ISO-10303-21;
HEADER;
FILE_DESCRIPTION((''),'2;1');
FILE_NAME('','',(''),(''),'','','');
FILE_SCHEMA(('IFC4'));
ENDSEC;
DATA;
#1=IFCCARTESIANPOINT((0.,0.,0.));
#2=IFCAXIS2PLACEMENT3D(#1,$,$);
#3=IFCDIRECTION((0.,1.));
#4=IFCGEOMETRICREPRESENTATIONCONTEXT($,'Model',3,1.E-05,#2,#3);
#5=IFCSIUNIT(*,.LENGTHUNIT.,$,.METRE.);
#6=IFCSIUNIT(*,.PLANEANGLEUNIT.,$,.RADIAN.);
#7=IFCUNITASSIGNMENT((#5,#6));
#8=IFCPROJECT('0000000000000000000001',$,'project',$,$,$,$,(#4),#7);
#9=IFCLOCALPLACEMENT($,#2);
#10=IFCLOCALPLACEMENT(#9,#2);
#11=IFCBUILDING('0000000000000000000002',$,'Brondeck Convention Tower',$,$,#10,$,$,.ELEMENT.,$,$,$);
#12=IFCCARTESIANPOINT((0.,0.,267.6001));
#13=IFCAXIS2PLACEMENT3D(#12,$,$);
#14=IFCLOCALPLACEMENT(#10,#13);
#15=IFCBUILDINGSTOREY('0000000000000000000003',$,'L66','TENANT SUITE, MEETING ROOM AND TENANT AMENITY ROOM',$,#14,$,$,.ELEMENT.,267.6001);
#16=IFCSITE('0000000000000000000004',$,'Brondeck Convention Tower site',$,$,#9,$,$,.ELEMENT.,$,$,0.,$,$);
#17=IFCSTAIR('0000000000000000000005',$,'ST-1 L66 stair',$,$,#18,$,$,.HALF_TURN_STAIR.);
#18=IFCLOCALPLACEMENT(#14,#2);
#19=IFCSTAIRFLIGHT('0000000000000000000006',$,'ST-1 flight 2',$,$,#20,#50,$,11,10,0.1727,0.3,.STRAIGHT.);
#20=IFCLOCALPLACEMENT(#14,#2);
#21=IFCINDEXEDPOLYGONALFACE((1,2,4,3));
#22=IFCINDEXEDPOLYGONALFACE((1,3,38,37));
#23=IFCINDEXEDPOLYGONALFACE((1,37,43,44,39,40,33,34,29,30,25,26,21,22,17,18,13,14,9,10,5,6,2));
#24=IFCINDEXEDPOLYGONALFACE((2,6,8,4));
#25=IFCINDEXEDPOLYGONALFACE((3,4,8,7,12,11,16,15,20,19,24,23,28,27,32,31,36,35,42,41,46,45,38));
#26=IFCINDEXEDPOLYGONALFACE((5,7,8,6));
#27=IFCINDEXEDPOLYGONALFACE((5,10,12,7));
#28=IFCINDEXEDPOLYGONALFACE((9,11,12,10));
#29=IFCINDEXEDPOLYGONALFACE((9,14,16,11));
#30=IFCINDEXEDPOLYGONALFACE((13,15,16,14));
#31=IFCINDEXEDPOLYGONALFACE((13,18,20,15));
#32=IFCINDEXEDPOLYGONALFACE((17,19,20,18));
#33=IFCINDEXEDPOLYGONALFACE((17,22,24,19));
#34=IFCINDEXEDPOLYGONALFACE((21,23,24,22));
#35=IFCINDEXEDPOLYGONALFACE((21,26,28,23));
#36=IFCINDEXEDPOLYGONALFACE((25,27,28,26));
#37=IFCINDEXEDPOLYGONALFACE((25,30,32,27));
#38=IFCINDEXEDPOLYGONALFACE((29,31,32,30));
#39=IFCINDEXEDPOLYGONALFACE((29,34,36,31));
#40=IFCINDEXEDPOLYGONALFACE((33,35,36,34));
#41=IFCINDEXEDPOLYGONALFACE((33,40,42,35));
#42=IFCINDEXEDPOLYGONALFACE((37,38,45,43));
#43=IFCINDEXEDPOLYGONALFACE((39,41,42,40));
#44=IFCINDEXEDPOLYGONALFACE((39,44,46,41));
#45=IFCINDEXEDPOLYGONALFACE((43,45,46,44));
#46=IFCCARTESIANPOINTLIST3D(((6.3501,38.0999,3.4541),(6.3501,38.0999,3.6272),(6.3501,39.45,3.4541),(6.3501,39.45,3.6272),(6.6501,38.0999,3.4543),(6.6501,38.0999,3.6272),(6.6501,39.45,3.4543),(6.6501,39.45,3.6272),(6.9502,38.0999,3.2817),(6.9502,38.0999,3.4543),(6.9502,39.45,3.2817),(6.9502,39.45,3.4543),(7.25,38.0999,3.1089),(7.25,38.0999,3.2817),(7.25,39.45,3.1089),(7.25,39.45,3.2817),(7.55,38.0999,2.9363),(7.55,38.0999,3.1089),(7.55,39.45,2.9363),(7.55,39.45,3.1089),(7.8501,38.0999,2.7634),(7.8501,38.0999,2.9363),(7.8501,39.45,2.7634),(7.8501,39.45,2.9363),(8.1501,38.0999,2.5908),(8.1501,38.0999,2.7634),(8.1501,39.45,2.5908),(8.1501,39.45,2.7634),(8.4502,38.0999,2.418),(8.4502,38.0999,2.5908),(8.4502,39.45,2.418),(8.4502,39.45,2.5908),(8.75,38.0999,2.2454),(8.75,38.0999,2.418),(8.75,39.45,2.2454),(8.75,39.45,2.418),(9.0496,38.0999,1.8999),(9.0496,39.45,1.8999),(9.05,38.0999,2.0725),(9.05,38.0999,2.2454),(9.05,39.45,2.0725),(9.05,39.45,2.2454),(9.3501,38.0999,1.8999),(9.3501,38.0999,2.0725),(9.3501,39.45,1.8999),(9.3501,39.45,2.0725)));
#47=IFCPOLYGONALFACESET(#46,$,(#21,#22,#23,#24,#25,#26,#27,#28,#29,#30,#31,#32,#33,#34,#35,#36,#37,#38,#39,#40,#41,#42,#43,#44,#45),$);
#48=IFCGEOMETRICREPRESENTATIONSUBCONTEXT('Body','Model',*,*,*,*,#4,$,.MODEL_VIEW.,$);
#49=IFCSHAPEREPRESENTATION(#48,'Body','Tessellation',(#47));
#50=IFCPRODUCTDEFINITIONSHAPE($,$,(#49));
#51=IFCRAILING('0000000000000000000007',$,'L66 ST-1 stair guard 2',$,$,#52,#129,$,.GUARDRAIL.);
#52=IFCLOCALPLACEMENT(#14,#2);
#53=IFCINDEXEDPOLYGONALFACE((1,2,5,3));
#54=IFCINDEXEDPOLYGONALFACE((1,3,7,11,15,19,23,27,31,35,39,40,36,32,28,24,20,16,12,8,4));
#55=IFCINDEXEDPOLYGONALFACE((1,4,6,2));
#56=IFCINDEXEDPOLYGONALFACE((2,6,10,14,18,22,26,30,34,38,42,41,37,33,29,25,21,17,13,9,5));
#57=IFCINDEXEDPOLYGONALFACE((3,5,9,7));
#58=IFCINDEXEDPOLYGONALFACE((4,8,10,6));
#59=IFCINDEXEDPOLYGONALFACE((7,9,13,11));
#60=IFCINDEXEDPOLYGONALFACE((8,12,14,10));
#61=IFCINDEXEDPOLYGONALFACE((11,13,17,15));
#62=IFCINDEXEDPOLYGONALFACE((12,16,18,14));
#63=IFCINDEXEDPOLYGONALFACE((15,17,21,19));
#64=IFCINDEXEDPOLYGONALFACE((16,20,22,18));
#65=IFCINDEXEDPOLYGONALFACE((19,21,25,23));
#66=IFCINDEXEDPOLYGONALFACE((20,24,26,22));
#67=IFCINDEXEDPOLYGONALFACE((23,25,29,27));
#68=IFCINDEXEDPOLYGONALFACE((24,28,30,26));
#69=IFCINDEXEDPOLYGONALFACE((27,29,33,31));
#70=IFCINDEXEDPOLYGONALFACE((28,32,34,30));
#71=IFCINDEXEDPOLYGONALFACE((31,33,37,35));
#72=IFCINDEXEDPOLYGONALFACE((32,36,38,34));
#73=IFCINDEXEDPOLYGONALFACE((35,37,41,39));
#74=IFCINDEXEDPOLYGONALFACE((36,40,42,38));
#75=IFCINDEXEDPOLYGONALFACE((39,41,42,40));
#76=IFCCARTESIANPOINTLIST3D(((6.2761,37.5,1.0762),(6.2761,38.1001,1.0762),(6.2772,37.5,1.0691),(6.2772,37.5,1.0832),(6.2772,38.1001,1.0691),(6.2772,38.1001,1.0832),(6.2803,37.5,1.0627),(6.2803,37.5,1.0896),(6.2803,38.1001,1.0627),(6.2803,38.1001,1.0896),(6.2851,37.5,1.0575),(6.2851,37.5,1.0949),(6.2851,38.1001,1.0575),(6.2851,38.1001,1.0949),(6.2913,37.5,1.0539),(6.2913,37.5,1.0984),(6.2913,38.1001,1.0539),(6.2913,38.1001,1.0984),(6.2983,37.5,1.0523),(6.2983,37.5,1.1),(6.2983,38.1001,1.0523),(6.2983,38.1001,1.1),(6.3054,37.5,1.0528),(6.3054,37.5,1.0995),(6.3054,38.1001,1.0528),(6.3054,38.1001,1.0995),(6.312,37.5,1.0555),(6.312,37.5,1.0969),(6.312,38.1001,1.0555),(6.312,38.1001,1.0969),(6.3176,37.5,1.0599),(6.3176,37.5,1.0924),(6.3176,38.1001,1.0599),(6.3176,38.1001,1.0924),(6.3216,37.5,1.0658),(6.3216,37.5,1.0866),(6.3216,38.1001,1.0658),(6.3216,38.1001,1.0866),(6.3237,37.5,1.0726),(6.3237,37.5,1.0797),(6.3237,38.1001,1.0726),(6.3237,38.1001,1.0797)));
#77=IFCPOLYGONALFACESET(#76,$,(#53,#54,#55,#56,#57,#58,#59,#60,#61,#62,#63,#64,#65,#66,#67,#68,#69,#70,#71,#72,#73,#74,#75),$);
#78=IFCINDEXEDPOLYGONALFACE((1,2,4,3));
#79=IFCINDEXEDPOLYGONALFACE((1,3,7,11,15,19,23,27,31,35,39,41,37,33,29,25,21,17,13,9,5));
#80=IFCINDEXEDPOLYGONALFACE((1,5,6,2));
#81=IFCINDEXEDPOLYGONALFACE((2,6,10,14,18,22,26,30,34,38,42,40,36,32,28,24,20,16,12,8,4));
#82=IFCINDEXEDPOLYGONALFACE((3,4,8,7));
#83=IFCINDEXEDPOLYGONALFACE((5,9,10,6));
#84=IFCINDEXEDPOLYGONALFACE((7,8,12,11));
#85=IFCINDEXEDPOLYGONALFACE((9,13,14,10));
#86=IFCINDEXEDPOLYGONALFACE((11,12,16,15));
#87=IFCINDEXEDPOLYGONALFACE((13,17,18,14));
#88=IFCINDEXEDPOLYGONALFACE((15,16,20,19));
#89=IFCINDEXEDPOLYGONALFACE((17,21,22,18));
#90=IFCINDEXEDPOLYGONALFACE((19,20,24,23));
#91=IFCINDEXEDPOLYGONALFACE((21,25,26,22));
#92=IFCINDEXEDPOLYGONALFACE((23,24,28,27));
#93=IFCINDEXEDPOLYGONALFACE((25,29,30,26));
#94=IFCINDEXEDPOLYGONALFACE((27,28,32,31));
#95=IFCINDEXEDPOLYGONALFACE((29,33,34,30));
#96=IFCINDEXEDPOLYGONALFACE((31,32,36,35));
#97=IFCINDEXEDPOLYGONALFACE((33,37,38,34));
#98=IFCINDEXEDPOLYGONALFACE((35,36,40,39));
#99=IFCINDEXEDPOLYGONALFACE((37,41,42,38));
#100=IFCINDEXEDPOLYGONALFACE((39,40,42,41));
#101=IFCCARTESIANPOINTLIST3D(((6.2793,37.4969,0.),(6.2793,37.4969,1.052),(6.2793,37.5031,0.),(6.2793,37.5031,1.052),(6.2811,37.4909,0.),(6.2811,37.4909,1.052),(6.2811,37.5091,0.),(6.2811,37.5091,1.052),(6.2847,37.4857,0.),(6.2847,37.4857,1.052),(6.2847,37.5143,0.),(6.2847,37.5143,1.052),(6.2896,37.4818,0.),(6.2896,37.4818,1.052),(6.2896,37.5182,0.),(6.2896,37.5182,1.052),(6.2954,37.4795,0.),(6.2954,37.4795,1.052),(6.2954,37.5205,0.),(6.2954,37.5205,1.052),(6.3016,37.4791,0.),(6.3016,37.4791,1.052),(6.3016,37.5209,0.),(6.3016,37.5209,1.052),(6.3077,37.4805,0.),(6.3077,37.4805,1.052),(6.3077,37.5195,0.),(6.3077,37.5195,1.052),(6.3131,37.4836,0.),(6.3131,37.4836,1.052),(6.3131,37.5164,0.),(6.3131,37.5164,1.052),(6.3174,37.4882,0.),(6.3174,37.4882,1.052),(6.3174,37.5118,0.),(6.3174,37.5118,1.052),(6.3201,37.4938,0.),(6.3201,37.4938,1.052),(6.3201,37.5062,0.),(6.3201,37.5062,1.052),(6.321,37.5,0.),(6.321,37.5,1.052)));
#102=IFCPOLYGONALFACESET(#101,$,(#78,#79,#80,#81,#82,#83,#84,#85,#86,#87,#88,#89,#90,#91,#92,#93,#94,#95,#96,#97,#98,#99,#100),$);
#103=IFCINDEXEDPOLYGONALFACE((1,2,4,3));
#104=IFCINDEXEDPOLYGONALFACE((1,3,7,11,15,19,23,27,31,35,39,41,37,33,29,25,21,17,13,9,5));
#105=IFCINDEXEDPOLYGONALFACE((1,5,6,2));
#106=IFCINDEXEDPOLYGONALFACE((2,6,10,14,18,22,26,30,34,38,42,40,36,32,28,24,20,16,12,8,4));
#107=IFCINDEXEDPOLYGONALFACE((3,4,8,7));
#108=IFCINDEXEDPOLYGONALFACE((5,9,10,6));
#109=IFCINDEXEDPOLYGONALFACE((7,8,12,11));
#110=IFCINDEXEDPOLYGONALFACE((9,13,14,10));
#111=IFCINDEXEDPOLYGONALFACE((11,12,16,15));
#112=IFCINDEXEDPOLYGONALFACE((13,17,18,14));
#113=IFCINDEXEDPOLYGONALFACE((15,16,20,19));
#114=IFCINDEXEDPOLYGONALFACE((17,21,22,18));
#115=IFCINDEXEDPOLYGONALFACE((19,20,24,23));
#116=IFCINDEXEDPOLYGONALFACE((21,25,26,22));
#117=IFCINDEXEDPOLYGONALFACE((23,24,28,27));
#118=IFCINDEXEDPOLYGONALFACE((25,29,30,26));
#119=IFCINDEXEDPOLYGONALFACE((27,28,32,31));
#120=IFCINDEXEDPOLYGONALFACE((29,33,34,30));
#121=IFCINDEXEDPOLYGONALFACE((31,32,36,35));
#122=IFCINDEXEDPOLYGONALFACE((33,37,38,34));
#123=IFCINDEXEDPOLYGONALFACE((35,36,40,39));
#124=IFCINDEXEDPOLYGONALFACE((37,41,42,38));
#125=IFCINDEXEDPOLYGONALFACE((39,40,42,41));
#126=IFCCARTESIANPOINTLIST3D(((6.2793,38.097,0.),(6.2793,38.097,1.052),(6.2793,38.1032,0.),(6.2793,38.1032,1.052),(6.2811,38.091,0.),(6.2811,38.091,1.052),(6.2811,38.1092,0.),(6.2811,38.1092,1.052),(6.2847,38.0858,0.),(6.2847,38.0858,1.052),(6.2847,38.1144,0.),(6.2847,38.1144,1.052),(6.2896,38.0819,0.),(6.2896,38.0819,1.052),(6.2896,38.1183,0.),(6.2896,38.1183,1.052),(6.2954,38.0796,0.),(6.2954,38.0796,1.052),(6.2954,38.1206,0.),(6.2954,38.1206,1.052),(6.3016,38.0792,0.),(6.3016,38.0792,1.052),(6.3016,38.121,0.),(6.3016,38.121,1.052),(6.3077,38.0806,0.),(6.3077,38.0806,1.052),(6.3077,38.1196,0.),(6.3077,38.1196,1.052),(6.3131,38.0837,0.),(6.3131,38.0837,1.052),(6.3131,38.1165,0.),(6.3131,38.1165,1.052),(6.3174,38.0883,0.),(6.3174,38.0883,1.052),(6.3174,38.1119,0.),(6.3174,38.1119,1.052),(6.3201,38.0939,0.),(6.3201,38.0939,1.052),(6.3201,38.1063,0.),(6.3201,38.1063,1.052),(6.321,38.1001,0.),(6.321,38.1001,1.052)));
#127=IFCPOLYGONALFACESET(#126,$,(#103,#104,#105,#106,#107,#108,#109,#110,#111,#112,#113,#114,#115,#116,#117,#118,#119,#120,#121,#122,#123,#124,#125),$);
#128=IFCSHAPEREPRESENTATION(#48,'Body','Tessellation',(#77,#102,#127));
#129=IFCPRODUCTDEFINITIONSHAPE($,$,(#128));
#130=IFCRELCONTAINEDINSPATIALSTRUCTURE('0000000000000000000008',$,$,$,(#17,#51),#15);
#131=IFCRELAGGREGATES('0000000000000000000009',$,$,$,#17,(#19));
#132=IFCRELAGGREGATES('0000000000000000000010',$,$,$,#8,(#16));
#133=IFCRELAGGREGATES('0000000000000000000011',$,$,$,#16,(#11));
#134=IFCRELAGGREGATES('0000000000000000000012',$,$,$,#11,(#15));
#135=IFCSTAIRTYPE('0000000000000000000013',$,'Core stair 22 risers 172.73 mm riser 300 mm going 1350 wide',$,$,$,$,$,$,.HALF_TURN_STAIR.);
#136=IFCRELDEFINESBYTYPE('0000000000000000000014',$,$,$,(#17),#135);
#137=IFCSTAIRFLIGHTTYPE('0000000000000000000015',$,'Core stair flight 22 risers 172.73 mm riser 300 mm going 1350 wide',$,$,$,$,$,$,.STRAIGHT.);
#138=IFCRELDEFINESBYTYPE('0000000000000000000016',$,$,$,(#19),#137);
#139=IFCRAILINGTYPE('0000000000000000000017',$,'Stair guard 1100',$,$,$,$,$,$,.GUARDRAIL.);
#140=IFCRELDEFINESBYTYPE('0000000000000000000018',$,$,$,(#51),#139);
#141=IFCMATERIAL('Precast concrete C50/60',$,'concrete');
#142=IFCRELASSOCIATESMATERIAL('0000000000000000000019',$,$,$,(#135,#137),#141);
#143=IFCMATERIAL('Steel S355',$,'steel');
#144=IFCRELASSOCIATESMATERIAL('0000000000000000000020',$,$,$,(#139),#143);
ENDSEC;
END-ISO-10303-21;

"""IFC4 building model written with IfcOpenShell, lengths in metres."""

from ifc_helpers import new_model, si_unit, direction, frame, origin, origin_2d, place, context, subcontext, project, spatial, polyline, circle, outline, extrude, material, type_object, element, aggregate, save


model = new_model("IFC4")

# Units and contexts
model_context = context("Model", 3, precision=1e-05, world=origin(), true_north=direction((0.0, 1.0)))
body_context = subcontext(model_context, "Body", "Model", "MODEL_VIEW")
ifc_project = project(units=[si_unit("LENGTHUNIT", "METRE"), si_unit("PLANEANGLEUNIT", "RADIAN")], contexts=[model_context])

# Site, building, storey
site_placement = place(None, origin())
site = spatial("IfcSite", under=ifc_project, at=site_placement, Name="Brondeck Convention Tower site", CompositionType="ELEMENT", RefElevation=0.0)
building_placement = place(site_placement, origin())
building = spatial("IfcBuilding", under=site, at=building_placement, Name="Brondeck Convention Tower", CompositionType="ELEMENT")
storey_placement = place(building_placement, frame((0.0, 0.0, 267.6001)))
storey = spatial("IfcBuildingStorey", under=building, at=storey_placement, Name="L66", Description="TENANT SUITE, MEETING ROOM AND TENANT AMENITY ROOM", CompositionType="ELEMENT", Elevation=267.6001)

# Stair, stair flight
ifc_material_1 = material(Name="Precast concrete C50/60", Category="concrete")
stair_type = type_object("IfcStairType", Name="Core stair 22 risers 172.73 mm riser 300 mm going 1350 wide", PredefinedType="HALF_TURN_STAIR", material=ifc_material_1)
stair_placement = place(storey_placement, origin())
stair = element("IfcStair", 1, at=stair_placement, inside=storey, type_object=stair_type, Name="ST-1 L66 stair", PredefinedType="HALF_TURN_STAIR")
stair_flight_type = type_object("IfcStairFlightType", Name="Core stair flight 22 risers 172.73 mm riser 300 mm going 1350 wide", PredefinedType="STRAIGHT", material=ifc_material_1)
stair_flight_1_placement = place(storey_placement, frame((9.3501, 38.7749, 1.8999), z_axis=(0.0, 0.0, 1.0), x_axis=(-1.0, 0.0, 0.0)))
stair_flight_1 = element("IfcStairFlight", 2, at=stair_flight_1_placement, type_object=stair_flight_type, Name="ST-1 flight 2", NumberOfRisers=11, NumberOfTreads=10, PredefinedType="STRAIGHT", RiserHeight=0.1727, TreadLength=0.3, context=body_context, shape_type="SweptSolid", body=[
    extrude(outline(polyline([(0.0, 0.0), (0.0, 0.1726), (0.3, 0.1726), (0.3, 0.3455), (0.6001, 0.3455), (0.6001, 0.5181), (0.8999, 0.5181), (0.8999, 0.6909), (1.2, 0.6909), (1.2, 0.8635), (1.5, 0.8635), (1.5, 1.0364), (1.8, 1.0364), (1.8, 1.209), (2.1001, 1.209), (2.1001, 1.3818), (2.3999, 1.3818), (2.3999, 1.5544), (2.7, 1.5544), (2.7, 1.7273), (3.0, 1.7273), (3.0, 1.8999), (3.0, 1.5542), (0.3005, 0.0), (0.0, 0.0)])), frame((0.0, 0.675, 0.0), z_axis=(0.0, -1.0, 0.0), x_axis=(1.0, 0.0, 0.0)), (0.0, 0.0, 1.0), 1.3501),
])
aggregate(stair, [stair_flight_1])

# Railing
ifc_material_2 = material(Name="Steel S355", Category="steel")
railing_type_1 = type_object("IfcRailingType", Name="Stair guard 1100", PredefinedType="GUARDRAIL", material=ifc_material_2)
railing_1_placement = place(storey_placement, frame((6.3, 37.5, 0.0)))
element("IfcRailing", 3, at=railing_1_placement, inside=storey, type_object=railing_type_1, Name="L66 ST-1 stair guard 2", PredefinedType="GUARDRAIL", context=body_context, shape_type="SweptSolid", body=[
    extrude(circle(Radius=0.0239, at=origin_2d()), frame((0.0, 0.0, 1.0762), z_axis=(0.0, 1.0, 0.0), x_axis=(-1.0, 0.0, 0.0)), (0.0, 0.0, 1.0), 0.6001),
    extrude(circle(Radius=0.021, at=origin_2d()), origin(), (0.0, 0.0, 1.0), 1.052),
    extrude(circle(Radius=0.021, at=origin_2d()), frame((0.0, 0.6001, 0.0)), (0.0, 0.0, 1.0), 1.052),
])

save(model, "model.ifc")
